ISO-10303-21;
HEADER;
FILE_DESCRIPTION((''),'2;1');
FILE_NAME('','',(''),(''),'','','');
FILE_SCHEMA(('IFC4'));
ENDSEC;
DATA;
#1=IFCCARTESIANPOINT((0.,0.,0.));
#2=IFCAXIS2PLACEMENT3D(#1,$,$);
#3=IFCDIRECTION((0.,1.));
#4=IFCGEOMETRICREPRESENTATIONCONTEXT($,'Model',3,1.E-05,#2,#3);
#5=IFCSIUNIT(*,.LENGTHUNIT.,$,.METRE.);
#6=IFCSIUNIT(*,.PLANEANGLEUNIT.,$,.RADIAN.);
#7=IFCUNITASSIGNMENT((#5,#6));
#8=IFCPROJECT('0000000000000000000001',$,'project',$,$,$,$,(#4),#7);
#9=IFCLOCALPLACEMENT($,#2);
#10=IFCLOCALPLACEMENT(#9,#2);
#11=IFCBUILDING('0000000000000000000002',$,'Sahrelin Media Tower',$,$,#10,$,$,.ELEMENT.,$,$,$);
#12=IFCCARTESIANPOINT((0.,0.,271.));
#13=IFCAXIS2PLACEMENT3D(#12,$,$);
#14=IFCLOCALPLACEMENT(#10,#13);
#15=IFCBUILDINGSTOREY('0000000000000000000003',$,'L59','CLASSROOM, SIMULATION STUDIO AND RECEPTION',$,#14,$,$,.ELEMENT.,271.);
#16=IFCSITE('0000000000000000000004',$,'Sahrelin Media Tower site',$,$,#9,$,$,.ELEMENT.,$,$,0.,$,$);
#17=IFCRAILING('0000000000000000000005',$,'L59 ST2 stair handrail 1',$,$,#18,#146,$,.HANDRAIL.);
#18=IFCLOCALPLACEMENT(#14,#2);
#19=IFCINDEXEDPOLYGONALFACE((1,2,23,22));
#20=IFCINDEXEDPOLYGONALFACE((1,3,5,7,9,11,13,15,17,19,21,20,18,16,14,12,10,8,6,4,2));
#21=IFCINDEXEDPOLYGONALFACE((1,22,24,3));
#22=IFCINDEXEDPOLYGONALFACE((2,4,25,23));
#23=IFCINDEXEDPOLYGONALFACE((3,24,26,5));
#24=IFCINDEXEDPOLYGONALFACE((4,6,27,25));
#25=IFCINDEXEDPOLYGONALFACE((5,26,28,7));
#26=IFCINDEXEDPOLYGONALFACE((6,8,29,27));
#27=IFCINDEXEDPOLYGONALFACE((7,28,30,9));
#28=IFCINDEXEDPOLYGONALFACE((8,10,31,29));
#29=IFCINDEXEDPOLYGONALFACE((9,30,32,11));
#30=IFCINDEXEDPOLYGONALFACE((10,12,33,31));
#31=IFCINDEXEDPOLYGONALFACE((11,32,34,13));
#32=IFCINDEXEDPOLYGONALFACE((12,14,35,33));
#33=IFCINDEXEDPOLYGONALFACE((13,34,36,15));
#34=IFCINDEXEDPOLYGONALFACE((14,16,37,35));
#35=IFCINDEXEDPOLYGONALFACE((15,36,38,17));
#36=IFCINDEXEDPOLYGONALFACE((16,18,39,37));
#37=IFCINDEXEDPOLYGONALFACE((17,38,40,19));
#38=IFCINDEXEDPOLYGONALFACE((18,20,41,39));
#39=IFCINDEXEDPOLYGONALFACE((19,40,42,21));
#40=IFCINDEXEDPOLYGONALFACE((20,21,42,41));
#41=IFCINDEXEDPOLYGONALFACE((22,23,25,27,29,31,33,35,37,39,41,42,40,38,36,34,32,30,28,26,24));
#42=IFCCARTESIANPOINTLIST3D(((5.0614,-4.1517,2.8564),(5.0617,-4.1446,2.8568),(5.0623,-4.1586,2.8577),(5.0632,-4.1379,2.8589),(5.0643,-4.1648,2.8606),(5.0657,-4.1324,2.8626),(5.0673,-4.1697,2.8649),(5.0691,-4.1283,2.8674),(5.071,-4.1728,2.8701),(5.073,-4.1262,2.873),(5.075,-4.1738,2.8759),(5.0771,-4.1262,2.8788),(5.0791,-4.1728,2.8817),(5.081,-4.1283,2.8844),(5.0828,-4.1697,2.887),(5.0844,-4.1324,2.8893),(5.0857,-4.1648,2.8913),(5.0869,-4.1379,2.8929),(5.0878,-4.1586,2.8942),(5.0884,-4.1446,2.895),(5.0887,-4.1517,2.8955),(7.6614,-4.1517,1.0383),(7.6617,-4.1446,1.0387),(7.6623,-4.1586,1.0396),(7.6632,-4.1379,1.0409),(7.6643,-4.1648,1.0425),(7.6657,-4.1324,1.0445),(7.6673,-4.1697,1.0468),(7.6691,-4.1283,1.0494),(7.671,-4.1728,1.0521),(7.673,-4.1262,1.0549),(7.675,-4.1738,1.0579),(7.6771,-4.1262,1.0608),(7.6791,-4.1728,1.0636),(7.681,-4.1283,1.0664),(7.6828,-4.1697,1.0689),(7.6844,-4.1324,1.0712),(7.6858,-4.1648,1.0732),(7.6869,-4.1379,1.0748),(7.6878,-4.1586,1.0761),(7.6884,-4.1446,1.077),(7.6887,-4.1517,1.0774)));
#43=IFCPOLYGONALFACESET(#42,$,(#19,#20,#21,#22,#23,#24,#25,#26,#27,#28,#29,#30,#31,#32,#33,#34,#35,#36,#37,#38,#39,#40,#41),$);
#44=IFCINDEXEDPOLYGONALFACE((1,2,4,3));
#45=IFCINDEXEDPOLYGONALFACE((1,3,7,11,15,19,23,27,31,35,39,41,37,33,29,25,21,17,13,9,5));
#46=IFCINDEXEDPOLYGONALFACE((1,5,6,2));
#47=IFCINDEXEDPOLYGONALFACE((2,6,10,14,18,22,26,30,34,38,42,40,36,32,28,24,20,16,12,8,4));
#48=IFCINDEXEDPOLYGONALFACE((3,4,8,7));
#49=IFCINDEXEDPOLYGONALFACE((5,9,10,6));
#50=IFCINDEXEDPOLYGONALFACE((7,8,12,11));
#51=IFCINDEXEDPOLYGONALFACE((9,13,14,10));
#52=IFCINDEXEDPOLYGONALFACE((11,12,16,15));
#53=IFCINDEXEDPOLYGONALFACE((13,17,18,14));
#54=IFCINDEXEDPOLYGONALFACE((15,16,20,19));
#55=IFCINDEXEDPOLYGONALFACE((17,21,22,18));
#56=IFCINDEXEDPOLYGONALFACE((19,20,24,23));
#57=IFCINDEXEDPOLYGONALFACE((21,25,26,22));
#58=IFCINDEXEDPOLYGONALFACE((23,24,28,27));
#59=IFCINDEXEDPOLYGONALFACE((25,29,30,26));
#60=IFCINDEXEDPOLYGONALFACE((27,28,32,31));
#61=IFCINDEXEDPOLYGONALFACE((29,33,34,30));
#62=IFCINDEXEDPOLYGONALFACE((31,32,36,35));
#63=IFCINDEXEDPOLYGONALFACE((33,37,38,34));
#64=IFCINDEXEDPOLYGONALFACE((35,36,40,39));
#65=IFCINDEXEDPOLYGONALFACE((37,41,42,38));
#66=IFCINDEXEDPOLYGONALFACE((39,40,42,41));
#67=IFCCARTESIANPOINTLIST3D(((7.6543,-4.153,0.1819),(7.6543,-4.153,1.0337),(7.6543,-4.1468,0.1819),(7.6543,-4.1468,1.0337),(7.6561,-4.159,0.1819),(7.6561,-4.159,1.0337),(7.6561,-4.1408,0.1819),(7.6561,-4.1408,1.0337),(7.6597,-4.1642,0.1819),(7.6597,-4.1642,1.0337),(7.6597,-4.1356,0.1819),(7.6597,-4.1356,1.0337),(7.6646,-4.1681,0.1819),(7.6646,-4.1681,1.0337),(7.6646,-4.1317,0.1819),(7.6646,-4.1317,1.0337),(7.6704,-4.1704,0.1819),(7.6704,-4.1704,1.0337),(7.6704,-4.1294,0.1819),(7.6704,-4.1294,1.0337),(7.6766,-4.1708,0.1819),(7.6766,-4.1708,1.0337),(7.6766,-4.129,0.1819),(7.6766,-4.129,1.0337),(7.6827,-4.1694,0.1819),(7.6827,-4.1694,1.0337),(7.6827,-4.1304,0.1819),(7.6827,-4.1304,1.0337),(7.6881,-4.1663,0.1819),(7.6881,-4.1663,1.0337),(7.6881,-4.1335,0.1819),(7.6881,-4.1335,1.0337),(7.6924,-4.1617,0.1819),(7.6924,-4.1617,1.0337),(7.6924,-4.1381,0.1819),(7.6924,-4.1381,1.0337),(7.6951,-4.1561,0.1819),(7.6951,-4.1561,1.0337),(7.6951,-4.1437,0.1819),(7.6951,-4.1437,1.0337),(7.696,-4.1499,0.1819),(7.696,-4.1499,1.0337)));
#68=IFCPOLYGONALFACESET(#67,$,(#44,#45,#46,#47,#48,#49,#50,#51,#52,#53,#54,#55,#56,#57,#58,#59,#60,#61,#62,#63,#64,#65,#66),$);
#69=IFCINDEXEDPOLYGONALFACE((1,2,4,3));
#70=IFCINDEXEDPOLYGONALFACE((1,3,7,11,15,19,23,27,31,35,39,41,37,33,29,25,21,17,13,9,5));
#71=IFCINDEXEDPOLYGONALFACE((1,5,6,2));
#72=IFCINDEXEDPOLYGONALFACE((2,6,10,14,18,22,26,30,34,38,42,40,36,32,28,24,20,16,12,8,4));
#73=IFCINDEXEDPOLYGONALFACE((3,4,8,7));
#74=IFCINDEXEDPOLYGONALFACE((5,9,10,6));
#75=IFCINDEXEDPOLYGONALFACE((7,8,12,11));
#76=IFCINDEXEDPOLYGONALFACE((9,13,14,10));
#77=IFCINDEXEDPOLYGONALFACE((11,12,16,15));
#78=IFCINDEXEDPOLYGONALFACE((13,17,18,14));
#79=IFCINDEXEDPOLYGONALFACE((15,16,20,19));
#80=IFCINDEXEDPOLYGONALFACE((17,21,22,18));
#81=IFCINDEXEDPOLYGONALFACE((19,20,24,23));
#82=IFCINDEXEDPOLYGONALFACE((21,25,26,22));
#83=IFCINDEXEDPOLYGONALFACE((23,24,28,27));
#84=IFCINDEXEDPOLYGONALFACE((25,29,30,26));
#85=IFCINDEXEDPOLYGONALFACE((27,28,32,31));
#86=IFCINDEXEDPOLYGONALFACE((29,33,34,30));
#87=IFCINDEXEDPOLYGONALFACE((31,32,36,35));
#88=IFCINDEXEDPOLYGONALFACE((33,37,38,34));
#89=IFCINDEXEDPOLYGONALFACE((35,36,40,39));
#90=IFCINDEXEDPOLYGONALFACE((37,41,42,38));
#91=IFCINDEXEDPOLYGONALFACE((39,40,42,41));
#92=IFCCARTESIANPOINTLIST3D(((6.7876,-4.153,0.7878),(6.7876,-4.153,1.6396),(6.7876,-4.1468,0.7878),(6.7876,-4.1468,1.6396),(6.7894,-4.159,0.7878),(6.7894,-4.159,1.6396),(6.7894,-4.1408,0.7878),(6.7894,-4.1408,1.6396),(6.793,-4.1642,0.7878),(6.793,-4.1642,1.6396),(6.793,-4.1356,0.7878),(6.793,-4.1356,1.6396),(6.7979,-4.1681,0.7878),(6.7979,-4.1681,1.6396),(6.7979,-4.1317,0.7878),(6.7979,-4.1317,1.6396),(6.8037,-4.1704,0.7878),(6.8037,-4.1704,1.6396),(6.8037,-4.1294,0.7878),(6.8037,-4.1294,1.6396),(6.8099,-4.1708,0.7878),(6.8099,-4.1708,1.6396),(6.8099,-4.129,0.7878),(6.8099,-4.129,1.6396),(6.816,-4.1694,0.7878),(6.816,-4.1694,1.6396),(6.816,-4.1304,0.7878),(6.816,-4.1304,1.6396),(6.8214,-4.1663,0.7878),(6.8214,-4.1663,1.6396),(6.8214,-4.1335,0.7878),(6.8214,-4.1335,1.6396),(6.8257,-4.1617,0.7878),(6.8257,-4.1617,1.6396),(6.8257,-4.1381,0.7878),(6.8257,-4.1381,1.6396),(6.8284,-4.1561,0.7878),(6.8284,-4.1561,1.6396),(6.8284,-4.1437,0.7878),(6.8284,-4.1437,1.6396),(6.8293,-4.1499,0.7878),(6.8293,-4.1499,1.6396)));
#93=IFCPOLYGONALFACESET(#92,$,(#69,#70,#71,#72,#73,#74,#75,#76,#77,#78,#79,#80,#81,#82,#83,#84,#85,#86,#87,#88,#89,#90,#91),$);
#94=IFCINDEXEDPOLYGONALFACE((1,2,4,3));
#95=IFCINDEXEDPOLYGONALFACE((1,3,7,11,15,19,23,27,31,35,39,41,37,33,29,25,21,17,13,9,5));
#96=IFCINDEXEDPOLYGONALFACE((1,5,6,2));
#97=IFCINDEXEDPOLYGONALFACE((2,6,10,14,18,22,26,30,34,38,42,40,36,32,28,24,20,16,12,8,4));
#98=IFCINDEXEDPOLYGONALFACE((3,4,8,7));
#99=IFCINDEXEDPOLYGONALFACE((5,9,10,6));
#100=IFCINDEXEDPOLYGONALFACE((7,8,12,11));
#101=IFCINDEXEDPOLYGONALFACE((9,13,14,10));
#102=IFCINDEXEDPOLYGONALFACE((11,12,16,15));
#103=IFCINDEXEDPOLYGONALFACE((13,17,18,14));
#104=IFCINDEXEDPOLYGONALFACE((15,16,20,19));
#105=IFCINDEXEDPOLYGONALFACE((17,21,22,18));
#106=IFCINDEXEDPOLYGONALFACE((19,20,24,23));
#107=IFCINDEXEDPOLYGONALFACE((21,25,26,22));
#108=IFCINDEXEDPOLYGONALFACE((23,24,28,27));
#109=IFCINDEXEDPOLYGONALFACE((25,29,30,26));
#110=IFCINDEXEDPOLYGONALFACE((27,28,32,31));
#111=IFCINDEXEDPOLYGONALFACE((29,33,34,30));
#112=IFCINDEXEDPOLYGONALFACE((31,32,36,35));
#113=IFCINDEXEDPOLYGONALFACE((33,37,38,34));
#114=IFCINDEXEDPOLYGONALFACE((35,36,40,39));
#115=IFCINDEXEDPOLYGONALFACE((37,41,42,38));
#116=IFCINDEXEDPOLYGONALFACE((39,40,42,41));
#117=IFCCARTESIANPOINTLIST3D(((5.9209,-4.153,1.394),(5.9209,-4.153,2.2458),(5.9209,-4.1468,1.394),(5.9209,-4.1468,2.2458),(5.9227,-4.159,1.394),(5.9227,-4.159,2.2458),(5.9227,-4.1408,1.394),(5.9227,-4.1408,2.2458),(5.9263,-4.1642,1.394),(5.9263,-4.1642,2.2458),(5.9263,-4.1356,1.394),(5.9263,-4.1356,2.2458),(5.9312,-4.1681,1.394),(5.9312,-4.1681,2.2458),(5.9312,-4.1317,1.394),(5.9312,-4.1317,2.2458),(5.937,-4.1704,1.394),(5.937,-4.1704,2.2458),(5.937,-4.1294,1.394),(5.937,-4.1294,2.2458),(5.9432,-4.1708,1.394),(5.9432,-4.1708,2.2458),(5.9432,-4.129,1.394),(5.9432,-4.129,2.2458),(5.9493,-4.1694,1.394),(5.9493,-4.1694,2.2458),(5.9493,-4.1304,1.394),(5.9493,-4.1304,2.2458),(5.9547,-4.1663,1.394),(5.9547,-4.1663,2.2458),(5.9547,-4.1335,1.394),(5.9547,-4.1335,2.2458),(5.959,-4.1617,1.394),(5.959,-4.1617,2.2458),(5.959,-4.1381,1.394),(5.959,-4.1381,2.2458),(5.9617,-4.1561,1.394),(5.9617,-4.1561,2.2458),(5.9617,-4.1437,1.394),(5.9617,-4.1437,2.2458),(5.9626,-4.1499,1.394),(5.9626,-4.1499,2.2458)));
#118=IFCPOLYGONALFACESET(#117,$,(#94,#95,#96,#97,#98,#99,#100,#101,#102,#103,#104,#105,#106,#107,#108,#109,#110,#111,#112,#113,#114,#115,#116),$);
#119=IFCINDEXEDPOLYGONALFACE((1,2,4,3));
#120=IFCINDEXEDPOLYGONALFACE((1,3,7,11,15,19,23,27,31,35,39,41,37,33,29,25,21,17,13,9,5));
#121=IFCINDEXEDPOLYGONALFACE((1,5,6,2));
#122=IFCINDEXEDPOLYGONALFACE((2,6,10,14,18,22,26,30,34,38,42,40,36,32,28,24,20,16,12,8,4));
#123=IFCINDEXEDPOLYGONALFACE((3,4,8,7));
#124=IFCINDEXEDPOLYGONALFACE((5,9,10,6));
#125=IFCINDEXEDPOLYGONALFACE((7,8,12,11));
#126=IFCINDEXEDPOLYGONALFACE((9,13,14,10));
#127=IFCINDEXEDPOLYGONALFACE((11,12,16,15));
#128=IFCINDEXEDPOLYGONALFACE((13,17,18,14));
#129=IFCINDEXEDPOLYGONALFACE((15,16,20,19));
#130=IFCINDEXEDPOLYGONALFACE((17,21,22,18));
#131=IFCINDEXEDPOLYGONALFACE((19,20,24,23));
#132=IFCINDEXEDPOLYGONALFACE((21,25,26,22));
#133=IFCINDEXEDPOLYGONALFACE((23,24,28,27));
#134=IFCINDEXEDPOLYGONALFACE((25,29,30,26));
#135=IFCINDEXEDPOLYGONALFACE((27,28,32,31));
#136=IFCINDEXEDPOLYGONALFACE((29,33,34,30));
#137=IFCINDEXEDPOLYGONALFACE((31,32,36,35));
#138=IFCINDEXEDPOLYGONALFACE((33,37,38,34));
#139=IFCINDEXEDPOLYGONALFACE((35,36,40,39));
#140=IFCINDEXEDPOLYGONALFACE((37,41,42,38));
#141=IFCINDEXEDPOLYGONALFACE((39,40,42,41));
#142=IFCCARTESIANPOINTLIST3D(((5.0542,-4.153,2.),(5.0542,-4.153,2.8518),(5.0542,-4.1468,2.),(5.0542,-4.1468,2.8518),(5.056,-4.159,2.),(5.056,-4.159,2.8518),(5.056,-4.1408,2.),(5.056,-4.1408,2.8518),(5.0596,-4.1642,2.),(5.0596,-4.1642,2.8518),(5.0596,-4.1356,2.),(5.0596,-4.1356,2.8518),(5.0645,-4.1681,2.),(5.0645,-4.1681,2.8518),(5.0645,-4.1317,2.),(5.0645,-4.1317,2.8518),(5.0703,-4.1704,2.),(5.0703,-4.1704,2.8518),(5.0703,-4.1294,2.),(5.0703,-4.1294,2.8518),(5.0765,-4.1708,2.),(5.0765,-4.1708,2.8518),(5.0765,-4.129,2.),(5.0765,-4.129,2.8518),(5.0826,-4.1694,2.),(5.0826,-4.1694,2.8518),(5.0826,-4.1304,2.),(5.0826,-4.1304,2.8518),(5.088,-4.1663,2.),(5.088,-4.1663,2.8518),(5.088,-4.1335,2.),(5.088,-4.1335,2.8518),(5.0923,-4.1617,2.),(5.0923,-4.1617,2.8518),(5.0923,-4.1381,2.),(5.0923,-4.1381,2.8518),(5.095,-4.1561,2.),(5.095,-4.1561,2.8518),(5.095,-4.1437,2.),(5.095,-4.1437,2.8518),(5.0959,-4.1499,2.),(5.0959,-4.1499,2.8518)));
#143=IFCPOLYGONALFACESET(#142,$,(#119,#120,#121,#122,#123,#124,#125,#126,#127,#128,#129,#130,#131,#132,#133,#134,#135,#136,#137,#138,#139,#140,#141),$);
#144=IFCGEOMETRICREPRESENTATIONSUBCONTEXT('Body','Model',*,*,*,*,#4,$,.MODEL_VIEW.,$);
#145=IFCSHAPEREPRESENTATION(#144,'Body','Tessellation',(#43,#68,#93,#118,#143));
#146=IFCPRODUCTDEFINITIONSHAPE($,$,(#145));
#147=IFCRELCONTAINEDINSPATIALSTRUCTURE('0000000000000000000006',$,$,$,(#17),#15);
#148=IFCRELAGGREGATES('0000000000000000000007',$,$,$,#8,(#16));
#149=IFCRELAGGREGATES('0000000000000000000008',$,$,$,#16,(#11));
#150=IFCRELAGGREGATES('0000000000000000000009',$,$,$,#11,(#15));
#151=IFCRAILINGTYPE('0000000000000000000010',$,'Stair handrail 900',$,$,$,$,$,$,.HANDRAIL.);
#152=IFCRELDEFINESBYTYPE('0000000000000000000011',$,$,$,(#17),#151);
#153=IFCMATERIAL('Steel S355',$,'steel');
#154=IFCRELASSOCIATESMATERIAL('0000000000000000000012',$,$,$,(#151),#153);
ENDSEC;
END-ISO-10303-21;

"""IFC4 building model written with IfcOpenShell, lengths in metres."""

from ifc_helpers import new_model, si_unit, direction, frame, origin, origin_2d, place, context, subcontext, project, spatial, circle, extrude, material, type_object, element, save


model = new_model("IFC4")

# Units and contexts
model_context = context("Model", 3, precision=1e-05, world=origin(), true_north=direction((0.0, 1.0)))
body_context = subcontext(model_context, "Body", "Model", "MODEL_VIEW")
ifc_project = project(units=[si_unit("LENGTHUNIT", "METRE"), si_unit("PLANEANGLEUNIT", "RADIAN")], contexts=[model_context])

# Site, building, storey
site_placement = place(None, origin())
site = spatial("IfcSite", under=ifc_project, at=site_placement, Name="Sahrelin Media Tower site", CompositionType="ELEMENT", RefElevation=0.0)
building_placement = place(site_placement, origin())
building = spatial("IfcBuilding", under=site, at=building_placement, Name="Sahrelin Media Tower", CompositionType="ELEMENT")
storey_placement = place(building_placement, frame((0.0, 0.0, 271.0)))
storey = spatial("IfcBuildingStorey", under=building, at=storey_placement, Name="L59", Description="CLASSROOM, SIMULATION STUDIO AND RECEPTION", CompositionType="ELEMENT", Elevation=271.0)

# Shared definitions
ifc_material_1 = material(Name="Steel S355", Category="steel")

# Railing
railing_type_1 = type_object("IfcRailingType", Name="Stair handrail 900", PredefinedType="HANDRAIL", material=ifc_material_1)
railing_1_placement = place(storey_placement, frame((7.675, -4.1499, 0.1819)))
element("IfcRailing", 1, at=railing_1_placement, inside=storey, type_object=railing_type_1, Name="L59 ST2 stair handrail 1", PredefinedType="HANDRAIL", context=body_context, shape_type="SweptSolid", body=[
    extrude(circle(Radius=0.0239, at=origin_2d()), frame((0.0, 0.0, 0.876), z_axis=(-0.819521, 0.0, 0.573049), x_axis=(0.0, -1.0, 0.0)), (0.0, 0.0, 1.0), 3.1726),
    extrude(circle(Radius=0.021, at=origin_2d()), origin(), (0.0, 0.0, 1.0), 0.8518),
    extrude(circle(Radius=0.021, at=origin_2d()), frame((-0.8667, 0.0, 0.606)), (0.0, 0.0, 1.0), 0.8518),
    extrude(circle(Radius=0.021, at=origin_2d()), frame((-1.7334, 0.0, 1.2122)), (0.0, 0.0, 1.0), 0.8518),
    extrude(circle(Radius=0.021, at=origin_2d()), frame((-2.6001, 0.0, 1.8181)), (0.0, 0.0, 1.0), 0.8518),
])

save(model, "model.ifc")
